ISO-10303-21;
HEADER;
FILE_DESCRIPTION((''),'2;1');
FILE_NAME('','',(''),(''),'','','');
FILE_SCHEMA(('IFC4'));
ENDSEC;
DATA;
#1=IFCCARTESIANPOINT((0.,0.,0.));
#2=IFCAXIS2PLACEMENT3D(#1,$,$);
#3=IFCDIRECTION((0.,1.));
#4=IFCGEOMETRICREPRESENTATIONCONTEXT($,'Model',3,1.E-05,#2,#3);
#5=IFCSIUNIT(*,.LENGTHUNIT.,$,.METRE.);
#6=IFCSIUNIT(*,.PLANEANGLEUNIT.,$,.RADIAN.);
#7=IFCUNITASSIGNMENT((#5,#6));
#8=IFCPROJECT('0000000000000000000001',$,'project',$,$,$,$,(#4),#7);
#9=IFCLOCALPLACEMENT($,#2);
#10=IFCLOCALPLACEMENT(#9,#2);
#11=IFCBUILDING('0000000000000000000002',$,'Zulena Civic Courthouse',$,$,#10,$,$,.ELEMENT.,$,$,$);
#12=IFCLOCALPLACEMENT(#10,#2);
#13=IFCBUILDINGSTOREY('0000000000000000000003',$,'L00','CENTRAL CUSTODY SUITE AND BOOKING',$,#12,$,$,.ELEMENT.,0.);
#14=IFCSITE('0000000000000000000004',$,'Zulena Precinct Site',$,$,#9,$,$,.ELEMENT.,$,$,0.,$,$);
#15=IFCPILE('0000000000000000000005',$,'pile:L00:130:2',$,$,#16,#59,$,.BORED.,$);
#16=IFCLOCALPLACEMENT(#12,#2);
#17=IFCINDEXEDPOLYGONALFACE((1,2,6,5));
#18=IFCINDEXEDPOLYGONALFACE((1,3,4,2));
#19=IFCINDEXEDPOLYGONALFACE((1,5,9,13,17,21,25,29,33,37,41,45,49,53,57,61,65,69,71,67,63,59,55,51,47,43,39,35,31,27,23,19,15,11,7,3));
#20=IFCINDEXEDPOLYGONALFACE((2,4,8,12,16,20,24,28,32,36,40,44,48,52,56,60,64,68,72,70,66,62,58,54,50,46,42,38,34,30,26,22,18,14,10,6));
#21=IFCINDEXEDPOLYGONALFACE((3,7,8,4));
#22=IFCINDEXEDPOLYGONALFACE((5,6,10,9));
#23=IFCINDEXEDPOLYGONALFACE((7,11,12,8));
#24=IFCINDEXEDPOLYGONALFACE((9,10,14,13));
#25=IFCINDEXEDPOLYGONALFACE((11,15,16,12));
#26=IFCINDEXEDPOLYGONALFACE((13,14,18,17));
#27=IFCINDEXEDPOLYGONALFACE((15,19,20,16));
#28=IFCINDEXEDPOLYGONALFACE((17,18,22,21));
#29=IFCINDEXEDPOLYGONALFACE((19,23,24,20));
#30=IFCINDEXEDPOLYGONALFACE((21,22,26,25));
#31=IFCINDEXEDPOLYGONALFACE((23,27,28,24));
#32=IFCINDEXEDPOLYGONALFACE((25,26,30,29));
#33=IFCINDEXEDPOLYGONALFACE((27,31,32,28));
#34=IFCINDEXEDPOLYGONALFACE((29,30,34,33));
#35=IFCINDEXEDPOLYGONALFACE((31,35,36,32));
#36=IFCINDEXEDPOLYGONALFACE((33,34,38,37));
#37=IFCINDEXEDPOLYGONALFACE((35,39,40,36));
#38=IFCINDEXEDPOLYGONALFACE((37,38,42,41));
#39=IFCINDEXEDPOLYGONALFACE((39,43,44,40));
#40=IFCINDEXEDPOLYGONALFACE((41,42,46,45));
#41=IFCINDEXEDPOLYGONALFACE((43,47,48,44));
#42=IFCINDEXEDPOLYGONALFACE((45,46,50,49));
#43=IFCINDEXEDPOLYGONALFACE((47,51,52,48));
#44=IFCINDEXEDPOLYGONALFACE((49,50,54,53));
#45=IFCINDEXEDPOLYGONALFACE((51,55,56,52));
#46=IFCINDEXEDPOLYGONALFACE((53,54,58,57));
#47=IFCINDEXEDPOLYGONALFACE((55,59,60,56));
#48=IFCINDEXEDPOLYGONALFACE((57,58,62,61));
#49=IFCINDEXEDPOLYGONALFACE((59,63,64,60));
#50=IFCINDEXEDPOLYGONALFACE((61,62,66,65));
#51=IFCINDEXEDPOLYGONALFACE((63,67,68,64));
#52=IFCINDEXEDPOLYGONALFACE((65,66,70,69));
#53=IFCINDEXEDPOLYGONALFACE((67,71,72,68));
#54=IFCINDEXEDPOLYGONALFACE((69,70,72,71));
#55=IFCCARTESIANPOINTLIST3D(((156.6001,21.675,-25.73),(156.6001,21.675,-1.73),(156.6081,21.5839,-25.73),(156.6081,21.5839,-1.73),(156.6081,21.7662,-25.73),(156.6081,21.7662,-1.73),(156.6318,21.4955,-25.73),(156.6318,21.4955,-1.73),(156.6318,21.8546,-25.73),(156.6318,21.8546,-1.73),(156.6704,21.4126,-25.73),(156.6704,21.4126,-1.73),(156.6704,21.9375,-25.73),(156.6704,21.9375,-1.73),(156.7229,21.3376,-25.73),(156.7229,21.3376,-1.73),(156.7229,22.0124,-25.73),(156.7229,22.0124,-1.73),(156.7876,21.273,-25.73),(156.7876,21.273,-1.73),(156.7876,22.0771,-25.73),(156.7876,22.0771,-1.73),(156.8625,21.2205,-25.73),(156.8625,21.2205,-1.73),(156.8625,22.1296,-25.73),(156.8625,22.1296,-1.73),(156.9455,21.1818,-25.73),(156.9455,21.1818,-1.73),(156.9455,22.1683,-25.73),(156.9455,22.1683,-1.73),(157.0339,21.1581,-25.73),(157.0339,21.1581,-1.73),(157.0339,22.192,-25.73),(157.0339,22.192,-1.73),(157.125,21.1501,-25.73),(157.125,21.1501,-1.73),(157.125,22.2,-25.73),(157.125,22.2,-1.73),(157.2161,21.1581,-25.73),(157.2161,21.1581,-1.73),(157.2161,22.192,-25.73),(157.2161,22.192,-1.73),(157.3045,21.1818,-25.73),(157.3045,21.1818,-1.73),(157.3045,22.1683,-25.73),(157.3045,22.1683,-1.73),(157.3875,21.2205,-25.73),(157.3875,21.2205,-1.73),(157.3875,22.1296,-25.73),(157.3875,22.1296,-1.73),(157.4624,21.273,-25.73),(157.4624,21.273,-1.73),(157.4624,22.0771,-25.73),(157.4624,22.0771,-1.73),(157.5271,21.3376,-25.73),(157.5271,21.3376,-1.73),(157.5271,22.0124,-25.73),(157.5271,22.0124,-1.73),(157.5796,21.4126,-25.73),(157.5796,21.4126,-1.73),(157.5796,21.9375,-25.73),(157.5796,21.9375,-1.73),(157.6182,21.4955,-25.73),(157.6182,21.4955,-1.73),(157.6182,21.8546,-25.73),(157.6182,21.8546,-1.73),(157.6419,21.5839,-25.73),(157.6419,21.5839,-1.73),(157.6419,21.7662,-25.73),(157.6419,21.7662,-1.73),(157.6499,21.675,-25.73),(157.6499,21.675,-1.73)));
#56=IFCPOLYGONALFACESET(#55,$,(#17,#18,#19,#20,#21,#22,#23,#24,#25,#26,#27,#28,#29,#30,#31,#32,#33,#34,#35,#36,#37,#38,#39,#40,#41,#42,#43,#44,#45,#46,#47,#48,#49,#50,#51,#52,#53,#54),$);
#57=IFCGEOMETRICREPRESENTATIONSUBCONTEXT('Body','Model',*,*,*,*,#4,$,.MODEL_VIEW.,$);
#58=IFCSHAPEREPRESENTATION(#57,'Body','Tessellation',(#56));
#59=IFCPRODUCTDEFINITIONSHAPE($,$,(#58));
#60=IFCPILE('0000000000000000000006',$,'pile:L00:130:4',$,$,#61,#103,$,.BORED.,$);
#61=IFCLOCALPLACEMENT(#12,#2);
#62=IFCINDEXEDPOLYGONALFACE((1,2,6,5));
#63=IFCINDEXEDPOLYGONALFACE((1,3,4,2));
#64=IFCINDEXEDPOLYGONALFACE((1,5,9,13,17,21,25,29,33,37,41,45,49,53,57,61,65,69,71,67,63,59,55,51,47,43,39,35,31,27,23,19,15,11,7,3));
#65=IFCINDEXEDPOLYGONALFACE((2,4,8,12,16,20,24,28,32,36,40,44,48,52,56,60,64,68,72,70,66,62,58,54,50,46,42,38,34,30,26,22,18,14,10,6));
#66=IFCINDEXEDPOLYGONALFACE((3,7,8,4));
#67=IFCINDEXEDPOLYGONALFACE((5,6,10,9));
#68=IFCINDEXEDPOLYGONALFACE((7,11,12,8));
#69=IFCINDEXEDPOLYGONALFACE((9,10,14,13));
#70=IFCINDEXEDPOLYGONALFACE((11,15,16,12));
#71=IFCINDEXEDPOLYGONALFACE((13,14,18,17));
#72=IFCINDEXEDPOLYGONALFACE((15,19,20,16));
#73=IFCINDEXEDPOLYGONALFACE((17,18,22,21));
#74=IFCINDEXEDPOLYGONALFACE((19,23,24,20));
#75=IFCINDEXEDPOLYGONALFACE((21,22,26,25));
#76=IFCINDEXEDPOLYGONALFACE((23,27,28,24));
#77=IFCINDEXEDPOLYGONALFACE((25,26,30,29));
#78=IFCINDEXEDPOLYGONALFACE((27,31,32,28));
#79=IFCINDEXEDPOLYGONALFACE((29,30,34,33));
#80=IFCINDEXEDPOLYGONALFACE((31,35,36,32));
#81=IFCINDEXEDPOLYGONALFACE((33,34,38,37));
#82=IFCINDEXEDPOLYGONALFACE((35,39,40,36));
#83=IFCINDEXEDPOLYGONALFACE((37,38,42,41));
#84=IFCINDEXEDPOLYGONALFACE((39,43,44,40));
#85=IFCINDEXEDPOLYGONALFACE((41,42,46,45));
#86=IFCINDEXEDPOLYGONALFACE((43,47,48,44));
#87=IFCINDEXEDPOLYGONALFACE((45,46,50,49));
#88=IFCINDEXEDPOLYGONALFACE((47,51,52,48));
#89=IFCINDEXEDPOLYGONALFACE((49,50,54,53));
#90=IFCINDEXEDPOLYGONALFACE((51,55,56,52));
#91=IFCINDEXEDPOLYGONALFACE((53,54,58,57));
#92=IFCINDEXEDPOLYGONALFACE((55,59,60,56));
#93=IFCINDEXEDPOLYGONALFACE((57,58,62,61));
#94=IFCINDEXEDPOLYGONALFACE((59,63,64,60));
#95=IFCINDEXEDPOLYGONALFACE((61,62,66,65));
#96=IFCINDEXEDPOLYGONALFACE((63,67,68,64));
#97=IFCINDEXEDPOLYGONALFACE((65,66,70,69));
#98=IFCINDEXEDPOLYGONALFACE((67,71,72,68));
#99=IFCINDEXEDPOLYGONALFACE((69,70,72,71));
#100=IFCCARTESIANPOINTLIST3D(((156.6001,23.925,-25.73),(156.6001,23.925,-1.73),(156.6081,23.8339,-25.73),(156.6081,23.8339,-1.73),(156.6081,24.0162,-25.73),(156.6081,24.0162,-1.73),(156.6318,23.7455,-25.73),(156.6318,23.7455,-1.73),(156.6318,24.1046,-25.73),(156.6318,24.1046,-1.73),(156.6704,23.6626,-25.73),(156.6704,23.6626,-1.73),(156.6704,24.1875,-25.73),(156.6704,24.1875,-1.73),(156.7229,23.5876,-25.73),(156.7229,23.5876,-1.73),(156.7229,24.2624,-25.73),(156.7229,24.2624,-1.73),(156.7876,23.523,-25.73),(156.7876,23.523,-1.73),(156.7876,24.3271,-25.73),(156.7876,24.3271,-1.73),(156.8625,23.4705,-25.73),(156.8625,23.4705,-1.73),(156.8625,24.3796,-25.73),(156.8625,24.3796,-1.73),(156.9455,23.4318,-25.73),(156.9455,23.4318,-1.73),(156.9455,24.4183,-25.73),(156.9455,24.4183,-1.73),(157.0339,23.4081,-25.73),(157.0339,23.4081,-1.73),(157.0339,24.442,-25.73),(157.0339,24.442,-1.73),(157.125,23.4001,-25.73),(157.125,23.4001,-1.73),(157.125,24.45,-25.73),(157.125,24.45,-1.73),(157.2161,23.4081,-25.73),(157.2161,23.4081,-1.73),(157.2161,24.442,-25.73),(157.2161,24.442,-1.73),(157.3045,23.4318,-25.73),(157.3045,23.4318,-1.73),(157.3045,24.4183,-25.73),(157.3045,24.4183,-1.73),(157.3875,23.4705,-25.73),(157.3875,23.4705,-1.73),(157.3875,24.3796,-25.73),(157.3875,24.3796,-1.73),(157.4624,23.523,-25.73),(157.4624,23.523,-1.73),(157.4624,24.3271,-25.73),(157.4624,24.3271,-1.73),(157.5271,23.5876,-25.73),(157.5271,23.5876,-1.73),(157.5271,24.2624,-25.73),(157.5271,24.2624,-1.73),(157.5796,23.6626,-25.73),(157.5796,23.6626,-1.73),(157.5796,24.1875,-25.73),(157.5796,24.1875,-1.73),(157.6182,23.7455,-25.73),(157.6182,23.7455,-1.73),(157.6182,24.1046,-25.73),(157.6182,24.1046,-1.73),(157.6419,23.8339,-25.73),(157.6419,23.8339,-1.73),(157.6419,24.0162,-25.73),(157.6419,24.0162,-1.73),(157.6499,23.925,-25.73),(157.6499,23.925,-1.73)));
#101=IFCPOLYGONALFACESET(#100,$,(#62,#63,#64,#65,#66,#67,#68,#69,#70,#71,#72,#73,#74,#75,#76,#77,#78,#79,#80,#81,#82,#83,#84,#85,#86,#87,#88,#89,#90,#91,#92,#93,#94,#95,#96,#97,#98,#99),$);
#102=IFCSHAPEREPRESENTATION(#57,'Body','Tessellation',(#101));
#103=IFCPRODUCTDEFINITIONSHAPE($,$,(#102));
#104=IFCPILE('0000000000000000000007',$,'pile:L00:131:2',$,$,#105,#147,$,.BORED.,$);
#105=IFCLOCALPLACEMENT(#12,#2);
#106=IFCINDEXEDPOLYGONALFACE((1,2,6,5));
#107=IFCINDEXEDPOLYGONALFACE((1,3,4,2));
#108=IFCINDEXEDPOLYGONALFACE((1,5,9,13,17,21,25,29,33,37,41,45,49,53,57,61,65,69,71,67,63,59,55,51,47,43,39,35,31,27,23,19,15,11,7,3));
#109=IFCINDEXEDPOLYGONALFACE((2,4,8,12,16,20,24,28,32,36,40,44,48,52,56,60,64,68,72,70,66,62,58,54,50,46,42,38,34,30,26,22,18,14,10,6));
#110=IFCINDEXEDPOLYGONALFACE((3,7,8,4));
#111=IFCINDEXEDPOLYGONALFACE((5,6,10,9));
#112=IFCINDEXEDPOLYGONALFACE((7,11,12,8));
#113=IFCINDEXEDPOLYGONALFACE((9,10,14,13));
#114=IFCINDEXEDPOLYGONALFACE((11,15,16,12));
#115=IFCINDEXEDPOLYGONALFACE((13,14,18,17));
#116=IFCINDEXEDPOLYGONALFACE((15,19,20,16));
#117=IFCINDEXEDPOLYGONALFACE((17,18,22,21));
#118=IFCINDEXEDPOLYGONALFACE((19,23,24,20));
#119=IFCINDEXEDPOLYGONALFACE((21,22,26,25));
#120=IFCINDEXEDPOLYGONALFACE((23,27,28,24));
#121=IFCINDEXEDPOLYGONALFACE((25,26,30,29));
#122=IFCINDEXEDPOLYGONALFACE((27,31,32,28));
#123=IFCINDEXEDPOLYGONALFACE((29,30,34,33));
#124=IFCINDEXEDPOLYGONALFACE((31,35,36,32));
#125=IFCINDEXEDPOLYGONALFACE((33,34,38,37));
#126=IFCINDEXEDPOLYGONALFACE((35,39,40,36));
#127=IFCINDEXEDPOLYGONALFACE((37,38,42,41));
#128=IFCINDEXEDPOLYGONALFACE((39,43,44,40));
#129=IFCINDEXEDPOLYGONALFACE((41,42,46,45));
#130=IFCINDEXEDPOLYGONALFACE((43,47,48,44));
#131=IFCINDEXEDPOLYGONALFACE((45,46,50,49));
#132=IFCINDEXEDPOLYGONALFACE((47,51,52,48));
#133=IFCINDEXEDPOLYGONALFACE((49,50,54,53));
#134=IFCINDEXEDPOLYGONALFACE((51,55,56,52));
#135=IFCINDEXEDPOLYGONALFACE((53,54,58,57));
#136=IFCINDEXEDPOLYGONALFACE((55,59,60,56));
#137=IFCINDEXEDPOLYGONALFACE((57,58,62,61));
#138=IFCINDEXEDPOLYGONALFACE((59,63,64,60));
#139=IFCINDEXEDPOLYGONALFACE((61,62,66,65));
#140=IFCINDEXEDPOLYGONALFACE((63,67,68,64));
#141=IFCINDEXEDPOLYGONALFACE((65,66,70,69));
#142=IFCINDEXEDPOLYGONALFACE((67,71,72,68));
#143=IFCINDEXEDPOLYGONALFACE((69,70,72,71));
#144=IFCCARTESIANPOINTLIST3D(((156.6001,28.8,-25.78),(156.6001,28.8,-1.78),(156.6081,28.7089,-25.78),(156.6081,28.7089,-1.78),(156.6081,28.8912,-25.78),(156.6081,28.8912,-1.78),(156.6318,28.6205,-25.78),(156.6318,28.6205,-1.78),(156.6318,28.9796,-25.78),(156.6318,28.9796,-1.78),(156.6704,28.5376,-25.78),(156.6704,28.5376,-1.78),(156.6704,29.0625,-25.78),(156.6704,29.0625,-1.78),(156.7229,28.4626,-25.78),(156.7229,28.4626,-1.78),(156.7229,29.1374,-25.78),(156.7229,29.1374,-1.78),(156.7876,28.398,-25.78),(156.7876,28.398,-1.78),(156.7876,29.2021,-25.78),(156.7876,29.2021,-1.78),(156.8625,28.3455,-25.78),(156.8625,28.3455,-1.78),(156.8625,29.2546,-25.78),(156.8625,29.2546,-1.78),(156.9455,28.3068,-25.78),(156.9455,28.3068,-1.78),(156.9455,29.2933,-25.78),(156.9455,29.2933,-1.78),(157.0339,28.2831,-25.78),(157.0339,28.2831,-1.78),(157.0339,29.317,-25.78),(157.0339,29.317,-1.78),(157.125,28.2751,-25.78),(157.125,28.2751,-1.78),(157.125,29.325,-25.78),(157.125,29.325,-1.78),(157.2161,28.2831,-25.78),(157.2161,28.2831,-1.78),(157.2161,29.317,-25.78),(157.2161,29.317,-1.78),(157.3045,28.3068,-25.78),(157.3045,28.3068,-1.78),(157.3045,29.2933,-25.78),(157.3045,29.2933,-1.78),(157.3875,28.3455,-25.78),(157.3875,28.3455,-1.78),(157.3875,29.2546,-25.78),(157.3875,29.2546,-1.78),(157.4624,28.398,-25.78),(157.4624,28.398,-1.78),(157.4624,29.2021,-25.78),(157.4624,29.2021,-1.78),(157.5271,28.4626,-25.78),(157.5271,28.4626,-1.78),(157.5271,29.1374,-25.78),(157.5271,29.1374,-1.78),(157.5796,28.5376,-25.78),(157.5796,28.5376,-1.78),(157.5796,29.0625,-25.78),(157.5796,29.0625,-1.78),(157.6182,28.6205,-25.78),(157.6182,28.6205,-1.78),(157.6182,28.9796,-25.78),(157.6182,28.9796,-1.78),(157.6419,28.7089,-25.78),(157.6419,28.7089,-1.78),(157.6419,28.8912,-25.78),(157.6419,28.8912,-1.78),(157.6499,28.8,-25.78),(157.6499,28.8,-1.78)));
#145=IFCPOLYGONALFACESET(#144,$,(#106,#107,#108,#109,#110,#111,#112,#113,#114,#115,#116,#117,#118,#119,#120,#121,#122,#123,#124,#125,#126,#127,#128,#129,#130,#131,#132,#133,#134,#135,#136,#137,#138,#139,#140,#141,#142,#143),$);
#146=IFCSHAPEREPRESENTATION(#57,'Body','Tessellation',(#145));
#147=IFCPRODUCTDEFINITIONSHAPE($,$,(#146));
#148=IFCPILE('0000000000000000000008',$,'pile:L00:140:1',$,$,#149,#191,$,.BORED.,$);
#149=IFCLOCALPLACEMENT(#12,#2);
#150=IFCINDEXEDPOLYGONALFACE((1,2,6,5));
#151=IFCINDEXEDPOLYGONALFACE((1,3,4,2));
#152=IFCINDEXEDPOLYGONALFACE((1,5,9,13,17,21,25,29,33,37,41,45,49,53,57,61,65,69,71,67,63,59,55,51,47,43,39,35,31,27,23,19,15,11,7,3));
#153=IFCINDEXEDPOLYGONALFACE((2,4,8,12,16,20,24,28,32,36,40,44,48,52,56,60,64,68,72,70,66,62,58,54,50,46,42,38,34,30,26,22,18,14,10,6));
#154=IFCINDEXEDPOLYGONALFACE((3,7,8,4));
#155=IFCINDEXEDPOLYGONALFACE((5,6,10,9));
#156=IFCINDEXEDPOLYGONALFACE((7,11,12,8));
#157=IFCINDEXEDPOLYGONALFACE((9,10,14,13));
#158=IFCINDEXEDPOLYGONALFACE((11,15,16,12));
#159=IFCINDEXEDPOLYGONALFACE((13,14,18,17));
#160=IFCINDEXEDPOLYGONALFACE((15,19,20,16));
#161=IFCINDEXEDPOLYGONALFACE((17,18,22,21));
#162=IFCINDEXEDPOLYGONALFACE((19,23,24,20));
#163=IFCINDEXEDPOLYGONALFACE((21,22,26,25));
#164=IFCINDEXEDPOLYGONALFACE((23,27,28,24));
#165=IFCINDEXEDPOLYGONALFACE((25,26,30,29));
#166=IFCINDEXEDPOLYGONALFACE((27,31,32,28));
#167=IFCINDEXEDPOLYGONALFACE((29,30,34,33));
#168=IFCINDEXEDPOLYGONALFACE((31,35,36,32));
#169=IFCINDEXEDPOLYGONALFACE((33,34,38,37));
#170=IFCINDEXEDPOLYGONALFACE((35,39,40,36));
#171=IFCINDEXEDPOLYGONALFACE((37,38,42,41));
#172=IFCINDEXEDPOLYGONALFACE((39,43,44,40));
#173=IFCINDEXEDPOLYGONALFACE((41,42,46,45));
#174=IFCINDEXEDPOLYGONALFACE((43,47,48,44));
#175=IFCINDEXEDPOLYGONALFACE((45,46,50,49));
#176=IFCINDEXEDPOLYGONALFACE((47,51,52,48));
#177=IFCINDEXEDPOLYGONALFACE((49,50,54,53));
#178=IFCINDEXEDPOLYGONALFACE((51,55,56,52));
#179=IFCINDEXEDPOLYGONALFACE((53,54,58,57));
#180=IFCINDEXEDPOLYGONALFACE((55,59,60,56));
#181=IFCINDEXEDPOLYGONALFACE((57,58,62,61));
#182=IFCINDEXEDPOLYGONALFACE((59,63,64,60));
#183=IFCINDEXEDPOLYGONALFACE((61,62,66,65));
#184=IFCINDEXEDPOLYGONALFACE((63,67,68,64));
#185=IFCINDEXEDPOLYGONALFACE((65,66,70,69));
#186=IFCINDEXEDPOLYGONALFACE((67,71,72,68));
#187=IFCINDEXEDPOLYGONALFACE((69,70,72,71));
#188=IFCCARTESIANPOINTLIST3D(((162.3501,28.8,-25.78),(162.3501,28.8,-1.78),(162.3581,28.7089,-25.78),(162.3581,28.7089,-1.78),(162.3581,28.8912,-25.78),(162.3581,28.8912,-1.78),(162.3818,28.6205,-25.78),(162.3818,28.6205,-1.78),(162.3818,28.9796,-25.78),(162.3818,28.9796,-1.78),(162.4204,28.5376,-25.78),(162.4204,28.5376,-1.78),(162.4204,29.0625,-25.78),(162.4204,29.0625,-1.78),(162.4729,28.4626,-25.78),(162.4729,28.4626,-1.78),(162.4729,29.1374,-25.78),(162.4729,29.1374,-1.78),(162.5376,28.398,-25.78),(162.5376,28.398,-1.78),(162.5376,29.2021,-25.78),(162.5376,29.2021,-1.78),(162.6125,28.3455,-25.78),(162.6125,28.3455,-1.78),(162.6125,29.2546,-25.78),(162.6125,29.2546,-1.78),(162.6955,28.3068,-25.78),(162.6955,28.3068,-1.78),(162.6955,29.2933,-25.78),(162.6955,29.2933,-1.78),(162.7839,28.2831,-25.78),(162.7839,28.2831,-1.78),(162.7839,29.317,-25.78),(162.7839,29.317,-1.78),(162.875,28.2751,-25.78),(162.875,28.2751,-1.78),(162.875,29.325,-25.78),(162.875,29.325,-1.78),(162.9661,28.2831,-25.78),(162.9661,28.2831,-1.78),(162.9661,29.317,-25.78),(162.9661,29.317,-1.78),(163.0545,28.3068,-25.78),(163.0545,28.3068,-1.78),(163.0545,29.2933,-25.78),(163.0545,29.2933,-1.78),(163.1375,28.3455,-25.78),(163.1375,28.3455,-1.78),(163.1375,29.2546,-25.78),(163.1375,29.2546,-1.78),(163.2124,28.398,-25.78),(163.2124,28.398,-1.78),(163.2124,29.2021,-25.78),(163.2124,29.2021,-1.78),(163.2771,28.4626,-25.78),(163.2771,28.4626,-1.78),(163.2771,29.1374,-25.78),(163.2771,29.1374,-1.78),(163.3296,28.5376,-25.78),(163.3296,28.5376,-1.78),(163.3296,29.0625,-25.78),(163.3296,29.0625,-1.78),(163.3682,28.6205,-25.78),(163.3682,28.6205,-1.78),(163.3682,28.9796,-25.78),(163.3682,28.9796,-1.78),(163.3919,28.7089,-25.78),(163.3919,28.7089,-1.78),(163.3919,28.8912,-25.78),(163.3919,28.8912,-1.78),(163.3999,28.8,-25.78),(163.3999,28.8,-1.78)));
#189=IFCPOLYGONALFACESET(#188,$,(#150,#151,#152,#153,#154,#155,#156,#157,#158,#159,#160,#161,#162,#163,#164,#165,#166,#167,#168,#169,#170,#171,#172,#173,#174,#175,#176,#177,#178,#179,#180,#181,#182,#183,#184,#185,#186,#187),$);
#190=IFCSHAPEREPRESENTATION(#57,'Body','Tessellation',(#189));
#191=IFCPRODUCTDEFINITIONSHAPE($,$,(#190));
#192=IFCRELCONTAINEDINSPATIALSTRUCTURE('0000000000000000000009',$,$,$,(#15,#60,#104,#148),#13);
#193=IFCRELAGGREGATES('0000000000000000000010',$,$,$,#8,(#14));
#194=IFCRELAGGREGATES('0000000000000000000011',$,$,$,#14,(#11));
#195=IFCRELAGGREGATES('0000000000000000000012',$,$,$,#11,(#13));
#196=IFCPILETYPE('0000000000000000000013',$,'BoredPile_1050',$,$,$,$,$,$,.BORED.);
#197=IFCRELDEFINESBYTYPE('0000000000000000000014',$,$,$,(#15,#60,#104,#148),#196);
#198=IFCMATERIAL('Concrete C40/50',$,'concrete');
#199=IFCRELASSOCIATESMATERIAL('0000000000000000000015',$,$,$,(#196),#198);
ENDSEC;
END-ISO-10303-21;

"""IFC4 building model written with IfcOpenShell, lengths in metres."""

from ifc_helpers import new_model, si_unit, direction, frame, origin, origin_2d, place, context, subcontext, project, spatial, circle, extrude, material, material_profile, profile_set, type_object, element, save


model = new_model("IFC4")

# Units and contexts
model_context = context("Model", 3, precision=1e-05, world=origin(), true_north=direction((0.0, 1.0)))
body_context = subcontext(model_context, "Body", "Model", "MODEL_VIEW")
ifc_project = project(units=[si_unit("LENGTHUNIT", "METRE"), si_unit("PLANEANGLEUNIT", "RADIAN")], contexts=[model_context])

# Site, building, storey
site_placement = place(None, origin())
site = spatial("IfcSite", under=ifc_project, at=site_placement, Name="Zulena Precinct Site", CompositionType="ELEMENT", RefElevation=0.0)
building_placement = place(site_placement, origin())
building = spatial("IfcBuilding", under=site, at=building_placement, Name="Zulena Civic Courthouse", CompositionType="ELEMENT")
storey_placement = place(building_placement, origin())
storey = spatial("IfcBuildingStorey", under=building, at=storey_placement, Name="L00", Description="CENTRAL CUSTODY SUITE AND BOOKING", CompositionType="ELEMENT", Elevation=0.0)

# Piles
ifc_material_1 = material(Name="Concrete C40/50", Category="concrete")
ifc_material_profile_1 = material_profile(ifc_material_1, circle(Radius=0.5249, at=origin_2d()), Name="PILE1050")
ifc_profile_set_1 = profile_set([ifc_material_profile_1], Name="Concrete C40/50")
pile_type_1 = type_object("IfcPileType", Name="BoredPile_1050", PredefinedType="BORED", material=ifc_profile_set_1)
for number, where, z_axis, x_axis, name in (
    (1, (157.125, 21.675, -1.73), (0.0, 0.0, -1.0), (1.0, 0.0, 0.0), "pile:L00:130:2"),
    (2, (157.125, 23.925, -1.73), (0.0, 0.0, -1.0), (1.0, 0.0, 0.0), "pile:L00:130:4"),
    (3, (157.125, 28.8, -1.78), (0.0, 0.0, -1.0), (1.0, 0.0, 0.0), "pile:L00:131:2"),
    (4, (162.875, 28.8, -1.78), (0.0, 0.0, -1.0), (1.0, 0.0, 0.0), "pile:L00:140:1"),
):
    element("IfcPile", number, at=place(storey_placement, frame(where, z_axis=z_axis, x_axis=x_axis)), inside=storey, type_object=pile_type_1, Name=name, PredefinedType="BORED", context=body_context, shape_type="SweptSolid", body=[
        extrude(circle(Radius=0.5249, at=origin_2d()), origin(), (0.0, 0.0, 1.0), 24.0),
    ])

save(model, "model.ifc")
